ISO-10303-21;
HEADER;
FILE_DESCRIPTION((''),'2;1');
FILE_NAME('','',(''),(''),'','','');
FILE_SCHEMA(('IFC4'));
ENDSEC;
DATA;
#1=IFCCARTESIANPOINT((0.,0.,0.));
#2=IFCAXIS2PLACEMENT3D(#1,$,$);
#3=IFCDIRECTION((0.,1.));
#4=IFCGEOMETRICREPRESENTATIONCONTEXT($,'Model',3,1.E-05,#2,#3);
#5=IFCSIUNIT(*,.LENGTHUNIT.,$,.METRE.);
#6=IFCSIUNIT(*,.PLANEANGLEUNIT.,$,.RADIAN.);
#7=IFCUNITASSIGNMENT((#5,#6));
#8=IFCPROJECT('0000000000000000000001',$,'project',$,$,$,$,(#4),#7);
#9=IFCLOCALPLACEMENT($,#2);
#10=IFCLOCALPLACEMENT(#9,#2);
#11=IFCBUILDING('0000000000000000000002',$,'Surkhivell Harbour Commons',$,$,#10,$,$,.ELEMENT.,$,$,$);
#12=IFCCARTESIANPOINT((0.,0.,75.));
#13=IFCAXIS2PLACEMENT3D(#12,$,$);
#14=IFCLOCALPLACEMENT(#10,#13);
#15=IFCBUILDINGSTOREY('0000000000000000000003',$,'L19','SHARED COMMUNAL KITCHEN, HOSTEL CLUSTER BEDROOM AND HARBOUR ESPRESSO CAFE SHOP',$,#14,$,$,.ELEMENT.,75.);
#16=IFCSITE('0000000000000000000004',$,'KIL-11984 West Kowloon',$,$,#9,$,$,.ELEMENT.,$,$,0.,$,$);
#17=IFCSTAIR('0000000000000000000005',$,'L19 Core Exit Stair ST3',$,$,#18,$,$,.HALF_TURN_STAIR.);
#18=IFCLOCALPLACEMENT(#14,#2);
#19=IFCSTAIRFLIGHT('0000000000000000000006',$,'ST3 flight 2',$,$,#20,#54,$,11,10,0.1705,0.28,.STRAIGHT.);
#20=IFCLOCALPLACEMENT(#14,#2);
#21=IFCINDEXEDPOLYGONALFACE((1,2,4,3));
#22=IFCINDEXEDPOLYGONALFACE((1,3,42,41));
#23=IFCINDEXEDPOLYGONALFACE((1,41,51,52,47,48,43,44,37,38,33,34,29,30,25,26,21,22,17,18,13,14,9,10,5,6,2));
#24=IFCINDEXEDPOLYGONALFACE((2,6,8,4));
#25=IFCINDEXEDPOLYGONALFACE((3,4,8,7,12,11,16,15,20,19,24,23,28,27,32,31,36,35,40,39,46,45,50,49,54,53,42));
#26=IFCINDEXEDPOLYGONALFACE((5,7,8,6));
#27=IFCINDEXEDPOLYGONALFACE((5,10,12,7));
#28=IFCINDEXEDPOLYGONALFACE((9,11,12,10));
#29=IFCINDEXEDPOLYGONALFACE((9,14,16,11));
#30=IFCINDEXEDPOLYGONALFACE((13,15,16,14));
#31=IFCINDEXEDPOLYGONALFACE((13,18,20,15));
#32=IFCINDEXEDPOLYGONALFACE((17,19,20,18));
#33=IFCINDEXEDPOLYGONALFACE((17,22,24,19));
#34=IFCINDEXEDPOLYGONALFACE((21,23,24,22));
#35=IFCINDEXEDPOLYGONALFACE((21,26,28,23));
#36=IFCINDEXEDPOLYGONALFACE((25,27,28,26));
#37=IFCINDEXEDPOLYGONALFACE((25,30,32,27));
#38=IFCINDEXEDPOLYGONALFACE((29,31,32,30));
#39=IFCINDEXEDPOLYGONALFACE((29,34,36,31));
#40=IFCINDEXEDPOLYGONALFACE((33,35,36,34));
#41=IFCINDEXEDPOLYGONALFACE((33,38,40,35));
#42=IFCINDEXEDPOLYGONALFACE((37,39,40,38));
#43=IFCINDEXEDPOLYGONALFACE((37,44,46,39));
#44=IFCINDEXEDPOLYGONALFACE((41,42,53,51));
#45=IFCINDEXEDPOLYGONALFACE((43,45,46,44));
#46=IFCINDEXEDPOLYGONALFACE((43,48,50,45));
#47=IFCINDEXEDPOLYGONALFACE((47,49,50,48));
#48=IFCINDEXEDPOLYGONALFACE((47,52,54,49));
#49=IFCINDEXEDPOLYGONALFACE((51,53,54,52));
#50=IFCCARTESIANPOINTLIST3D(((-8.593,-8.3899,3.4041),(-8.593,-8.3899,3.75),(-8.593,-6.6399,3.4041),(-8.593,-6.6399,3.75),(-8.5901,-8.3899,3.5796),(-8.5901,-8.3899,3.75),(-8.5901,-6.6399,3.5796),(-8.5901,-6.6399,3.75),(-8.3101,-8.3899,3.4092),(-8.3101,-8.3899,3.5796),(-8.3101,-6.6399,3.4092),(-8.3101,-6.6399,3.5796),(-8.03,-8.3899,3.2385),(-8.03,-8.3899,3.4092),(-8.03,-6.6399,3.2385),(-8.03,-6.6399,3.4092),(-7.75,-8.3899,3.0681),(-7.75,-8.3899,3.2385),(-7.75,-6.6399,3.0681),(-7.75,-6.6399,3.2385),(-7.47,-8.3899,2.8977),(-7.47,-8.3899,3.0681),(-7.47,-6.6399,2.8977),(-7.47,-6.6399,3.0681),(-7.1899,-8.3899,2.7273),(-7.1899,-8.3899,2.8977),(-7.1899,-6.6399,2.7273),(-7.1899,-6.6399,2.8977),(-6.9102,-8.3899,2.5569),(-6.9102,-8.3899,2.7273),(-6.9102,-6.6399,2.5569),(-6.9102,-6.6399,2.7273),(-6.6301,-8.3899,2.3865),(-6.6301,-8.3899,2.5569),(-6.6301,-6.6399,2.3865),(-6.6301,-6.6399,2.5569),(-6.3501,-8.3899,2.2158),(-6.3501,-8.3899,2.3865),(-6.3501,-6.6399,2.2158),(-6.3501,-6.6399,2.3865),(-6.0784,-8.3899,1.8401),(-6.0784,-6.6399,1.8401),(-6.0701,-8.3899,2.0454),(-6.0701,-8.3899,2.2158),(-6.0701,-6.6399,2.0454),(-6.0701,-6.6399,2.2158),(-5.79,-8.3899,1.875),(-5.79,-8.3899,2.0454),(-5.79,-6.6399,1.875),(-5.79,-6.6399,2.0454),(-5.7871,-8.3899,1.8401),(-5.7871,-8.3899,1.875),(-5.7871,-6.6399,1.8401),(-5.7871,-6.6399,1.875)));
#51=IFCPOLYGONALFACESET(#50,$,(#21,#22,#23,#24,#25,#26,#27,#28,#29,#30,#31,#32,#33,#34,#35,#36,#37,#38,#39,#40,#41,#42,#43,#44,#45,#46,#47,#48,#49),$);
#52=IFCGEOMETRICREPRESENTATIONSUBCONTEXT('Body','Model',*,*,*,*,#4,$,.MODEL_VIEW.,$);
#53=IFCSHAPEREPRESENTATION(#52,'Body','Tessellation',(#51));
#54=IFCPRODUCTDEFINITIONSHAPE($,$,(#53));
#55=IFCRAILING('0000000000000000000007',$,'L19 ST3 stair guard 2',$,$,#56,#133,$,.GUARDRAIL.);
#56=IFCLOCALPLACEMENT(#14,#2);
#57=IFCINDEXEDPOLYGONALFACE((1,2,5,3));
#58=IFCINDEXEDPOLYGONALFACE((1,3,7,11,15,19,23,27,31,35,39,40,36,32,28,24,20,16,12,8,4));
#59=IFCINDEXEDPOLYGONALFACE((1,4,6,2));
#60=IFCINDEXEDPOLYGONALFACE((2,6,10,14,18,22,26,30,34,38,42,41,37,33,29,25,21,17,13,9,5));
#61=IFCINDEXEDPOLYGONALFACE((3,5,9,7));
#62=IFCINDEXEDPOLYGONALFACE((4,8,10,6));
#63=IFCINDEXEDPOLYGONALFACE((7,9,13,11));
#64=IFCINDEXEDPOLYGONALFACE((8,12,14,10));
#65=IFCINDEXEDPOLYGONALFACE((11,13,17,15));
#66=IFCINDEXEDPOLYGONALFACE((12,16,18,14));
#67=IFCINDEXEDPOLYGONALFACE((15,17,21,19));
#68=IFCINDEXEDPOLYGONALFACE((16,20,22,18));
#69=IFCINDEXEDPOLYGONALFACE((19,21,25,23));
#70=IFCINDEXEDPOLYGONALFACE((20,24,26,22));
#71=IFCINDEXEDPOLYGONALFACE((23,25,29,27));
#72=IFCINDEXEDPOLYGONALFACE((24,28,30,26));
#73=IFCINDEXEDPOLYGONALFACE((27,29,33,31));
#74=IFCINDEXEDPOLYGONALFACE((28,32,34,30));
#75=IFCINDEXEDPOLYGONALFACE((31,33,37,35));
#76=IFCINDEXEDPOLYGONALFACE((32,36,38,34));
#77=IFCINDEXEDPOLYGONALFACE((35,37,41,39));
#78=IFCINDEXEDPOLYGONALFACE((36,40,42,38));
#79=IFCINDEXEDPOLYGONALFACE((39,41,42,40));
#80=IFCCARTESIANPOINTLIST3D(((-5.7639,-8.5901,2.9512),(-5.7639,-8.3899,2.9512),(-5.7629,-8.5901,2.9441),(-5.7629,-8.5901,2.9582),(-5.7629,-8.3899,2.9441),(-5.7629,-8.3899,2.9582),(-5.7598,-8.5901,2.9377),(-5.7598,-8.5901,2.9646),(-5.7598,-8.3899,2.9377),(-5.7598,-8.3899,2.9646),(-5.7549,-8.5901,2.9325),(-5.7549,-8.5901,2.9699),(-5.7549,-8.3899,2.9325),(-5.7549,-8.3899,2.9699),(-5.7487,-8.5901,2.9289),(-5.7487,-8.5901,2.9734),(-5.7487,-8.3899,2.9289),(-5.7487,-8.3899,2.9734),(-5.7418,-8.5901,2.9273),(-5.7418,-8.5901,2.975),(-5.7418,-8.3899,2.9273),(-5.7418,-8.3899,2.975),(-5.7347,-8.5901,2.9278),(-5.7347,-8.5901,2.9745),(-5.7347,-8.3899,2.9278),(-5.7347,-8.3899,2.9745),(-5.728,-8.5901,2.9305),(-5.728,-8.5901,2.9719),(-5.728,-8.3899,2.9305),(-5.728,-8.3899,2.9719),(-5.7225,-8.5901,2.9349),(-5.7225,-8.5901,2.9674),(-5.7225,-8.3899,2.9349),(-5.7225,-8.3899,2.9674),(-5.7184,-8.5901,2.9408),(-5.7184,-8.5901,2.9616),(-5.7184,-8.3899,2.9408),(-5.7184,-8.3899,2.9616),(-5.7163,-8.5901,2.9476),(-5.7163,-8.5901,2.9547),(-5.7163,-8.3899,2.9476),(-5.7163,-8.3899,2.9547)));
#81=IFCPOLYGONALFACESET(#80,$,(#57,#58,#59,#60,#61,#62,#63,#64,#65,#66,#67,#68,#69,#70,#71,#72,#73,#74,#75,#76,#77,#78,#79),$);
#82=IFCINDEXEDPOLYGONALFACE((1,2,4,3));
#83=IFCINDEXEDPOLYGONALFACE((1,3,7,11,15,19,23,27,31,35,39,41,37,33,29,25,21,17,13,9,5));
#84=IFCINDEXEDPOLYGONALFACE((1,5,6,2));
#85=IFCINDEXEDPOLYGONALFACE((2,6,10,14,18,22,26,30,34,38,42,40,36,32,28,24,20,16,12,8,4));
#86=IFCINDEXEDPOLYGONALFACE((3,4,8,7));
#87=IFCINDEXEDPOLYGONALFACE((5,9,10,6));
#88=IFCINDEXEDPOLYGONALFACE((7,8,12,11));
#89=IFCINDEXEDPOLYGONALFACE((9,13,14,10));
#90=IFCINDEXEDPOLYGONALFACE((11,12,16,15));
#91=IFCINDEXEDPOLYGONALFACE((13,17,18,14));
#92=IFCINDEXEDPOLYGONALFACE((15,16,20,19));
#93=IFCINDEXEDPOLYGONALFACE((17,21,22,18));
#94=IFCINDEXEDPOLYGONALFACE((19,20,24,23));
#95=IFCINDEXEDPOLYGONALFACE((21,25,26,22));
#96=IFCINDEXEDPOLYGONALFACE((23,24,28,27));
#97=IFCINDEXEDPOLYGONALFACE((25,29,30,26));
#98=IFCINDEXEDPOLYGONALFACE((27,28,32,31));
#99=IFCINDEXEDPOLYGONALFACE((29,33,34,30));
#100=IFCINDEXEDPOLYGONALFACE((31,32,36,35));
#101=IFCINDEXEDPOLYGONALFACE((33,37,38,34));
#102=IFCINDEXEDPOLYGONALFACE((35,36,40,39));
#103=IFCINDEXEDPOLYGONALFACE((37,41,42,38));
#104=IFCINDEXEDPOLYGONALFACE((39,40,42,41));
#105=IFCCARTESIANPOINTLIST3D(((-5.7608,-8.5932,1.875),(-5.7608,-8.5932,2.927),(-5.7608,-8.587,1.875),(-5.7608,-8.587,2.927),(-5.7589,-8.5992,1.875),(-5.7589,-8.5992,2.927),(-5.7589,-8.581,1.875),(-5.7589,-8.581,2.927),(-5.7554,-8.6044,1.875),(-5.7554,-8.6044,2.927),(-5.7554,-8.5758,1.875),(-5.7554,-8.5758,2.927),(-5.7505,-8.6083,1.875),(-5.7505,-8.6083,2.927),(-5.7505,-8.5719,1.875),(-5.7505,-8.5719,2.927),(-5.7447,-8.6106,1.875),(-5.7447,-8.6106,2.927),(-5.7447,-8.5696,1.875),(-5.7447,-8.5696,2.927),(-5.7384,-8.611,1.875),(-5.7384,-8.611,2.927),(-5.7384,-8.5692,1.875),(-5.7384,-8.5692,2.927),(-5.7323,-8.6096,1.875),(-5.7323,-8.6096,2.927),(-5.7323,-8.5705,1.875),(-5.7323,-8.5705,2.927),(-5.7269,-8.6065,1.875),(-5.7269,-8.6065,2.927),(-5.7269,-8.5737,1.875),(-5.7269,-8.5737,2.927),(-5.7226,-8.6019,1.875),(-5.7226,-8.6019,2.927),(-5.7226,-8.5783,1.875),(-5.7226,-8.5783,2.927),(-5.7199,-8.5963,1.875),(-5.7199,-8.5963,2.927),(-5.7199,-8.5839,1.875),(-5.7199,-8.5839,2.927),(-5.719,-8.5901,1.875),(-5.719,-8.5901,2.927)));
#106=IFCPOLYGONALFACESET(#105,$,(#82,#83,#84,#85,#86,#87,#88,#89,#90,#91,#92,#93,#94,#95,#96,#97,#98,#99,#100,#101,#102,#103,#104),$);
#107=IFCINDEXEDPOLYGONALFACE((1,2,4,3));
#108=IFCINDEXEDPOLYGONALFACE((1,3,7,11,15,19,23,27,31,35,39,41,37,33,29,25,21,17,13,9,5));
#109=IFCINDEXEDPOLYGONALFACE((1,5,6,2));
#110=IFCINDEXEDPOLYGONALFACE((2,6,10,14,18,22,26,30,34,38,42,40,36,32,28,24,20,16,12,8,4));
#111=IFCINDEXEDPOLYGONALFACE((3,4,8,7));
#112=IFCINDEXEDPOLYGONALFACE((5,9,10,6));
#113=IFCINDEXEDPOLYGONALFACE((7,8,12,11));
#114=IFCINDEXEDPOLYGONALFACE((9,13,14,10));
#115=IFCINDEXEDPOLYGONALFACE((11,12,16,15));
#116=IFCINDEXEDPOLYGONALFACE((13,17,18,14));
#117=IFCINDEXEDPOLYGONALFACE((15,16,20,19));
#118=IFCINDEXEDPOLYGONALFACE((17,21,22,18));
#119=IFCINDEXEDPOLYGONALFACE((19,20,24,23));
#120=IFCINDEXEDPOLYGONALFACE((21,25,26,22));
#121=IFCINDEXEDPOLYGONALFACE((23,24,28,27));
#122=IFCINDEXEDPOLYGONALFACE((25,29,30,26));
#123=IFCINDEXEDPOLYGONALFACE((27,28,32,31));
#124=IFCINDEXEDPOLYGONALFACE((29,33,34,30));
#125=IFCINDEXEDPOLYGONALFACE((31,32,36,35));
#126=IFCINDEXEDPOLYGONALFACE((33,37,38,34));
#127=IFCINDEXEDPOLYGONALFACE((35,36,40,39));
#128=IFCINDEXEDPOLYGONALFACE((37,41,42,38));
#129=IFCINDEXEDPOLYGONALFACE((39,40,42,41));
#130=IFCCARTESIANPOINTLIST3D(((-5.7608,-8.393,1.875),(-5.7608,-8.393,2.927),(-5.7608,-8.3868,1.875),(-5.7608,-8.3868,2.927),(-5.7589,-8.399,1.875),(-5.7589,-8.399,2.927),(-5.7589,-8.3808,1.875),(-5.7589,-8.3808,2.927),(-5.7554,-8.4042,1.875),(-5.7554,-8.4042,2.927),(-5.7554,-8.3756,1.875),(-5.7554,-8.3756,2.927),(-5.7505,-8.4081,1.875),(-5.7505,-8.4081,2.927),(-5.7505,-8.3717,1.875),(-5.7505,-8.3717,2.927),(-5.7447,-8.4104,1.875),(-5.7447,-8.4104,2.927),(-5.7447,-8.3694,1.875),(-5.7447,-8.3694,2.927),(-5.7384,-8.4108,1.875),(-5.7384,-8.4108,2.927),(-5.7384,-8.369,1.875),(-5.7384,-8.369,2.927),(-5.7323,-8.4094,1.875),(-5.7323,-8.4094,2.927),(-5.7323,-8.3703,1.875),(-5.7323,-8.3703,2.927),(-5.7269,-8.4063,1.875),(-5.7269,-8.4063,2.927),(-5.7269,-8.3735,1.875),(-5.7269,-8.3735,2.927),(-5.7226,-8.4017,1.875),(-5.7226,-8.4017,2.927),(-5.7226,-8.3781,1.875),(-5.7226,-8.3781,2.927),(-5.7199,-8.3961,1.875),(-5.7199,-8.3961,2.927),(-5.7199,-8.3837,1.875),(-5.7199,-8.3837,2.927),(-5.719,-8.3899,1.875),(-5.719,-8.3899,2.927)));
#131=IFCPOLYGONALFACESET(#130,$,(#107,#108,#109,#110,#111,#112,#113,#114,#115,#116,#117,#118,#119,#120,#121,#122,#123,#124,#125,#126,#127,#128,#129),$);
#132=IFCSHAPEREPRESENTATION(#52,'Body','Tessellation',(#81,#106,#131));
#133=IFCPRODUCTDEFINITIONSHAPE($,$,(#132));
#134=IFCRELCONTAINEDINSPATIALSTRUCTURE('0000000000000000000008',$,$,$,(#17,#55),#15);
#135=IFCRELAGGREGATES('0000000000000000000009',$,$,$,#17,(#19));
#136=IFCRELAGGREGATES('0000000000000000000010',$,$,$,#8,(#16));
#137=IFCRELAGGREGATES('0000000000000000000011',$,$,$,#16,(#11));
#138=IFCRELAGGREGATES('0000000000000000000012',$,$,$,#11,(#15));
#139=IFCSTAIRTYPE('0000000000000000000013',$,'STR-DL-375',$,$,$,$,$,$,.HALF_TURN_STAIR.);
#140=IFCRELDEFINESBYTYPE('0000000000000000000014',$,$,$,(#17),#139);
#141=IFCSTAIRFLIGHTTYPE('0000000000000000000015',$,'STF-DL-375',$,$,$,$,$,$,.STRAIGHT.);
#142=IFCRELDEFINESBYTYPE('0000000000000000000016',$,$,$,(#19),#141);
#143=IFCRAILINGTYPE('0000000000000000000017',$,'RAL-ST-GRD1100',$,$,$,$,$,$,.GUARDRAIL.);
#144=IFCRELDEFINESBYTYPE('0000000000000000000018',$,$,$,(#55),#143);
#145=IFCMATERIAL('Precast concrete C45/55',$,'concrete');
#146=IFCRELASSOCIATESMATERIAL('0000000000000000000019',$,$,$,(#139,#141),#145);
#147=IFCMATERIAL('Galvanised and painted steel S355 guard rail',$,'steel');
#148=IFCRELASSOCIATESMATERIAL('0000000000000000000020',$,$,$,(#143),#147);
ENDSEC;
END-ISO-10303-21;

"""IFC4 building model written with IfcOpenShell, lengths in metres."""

from ifc_helpers import new_model, si_unit, direction, frame, origin, origin_2d, place, context, subcontext, project, spatial, polyline, circle, outline, extrude, material, type_object, element, aggregate, save


model = new_model("IFC4")

# Units and contexts
model_context = context("Model", 3, precision=1e-05, world=origin(), true_north=direction((0.0, 1.0)))
body_context = subcontext(model_context, "Body", "Model", "MODEL_VIEW")
ifc_project = project(units=[si_unit("LENGTHUNIT", "METRE"), si_unit("PLANEANGLEUNIT", "RADIAN")], contexts=[model_context])

# Site, building, storey
site_placement = place(None, origin())
site = spatial("IfcSite", under=ifc_project, at=site_placement, Name="KIL-11984 West Kowloon", CompositionType="ELEMENT", RefElevation=0.0)
building_placement = place(site_placement, origin())
building = spatial("IfcBuilding", under=site, at=building_placement, Name="Surkhivell Harbour Commons", CompositionType="ELEMENT")
storey_placement = place(building_placement, frame((0.0, 0.0, 75.0)))
storey = spatial("IfcBuildingStorey", under=building, at=storey_placement, Name="L19", Description="SHARED COMMUNAL KITCHEN, HOSTEL CLUSTER BEDROOM AND HARBOUR ESPRESSO CAFE SHOP", CompositionType="ELEMENT", Elevation=75.0)

# Stair, stair flight
ifc_material_1 = material(Name="Precast concrete C45/55", Category="concrete")
stair_type = type_object("IfcStairType", Name="STR-DL-375", PredefinedType="HALF_TURN_STAIR", material=ifc_material_1)
stair_placement = place(storey_placement, origin())
stair = element("IfcStair", 1, at=stair_placement, inside=storey, type_object=stair_type, Name="L19 Core Exit Stair ST3", PredefinedType="HALF_TURN_STAIR")
stair_flight_type = type_object("IfcStairFlightType", Name="STF-DL-375", PredefinedType="STRAIGHT", material=ifc_material_1)
stair_flight_placement = place(storey_placement, frame((-5.79, -7.5149, 1.875), z_axis=(0.0, 0.0, 1.0), x_axis=(-1.0, 0.0, 0.0)))
stair_flight = element("IfcStairFlight", 2, at=stair_flight_placement, type_object=stair_flight_type, Name="ST3 flight 2", NumberOfRisers=11, NumberOfTreads=10, PredefinedType="STRAIGHT", RiserHeight=0.1705, TreadLength=0.28, context=body_context, shape_type="SweptSolid", body=[
    extrude(outline(polyline([(-0.0029, -0.0349), (-0.0029, 0.0), (0.0, 0.0), (0.0, 0.1704), (0.28, 0.1704), (0.28, 0.3408), (0.5601, 0.3408), (0.5601, 0.5115), (0.8401, 0.5115), (0.8401, 0.6819), (1.1201, 0.6819), (1.1201, 0.8523), (1.3999, 0.8523), (1.3999, 1.0227), (1.6799, 1.0227), (1.6799, 1.1931), (1.96, 1.1931), (1.96, 1.3635), (2.24, 1.3635), (2.24, 1.5342), (2.52, 1.5342), (2.52, 1.7046), (2.8, 1.7046), (2.8, 1.875), (2.803, 1.875), (2.803, 1.5291), (0.2883, -0.0349), (-0.0029, -0.0349)])), frame((0.0, 0.875, 0.0), z_axis=(0.0, -1.0, 0.0), x_axis=(1.0, 0.0, 0.0)), (0.0, 0.0, 1.0), 1.75),
])
aggregate(stair, [stair_flight])

# Railing
ifc_material_2 = material(Name="Galvanised and painted steel S355 guard rail", Category="steel")
railing_type_1 = type_object("IfcRailingType", Name="RAL-ST-GRD1100", PredefinedType="GUARDRAIL", material=ifc_material_2)
railing_1_placement = place(storey_placement, frame((-5.74, -8.5901, 1.875)))
element("IfcRailing", 3, at=railing_1_placement, inside=storey, type_object=railing_type_1, Name="L19 ST3 stair guard 2", PredefinedType="GUARDRAIL", context=body_context, shape_type="SweptSolid", body=[
    extrude(circle(Radius=0.0239, at=origin_2d()), frame((0.0, 0.0, 1.0762), z_axis=(0.0, 1.0, 0.0), x_axis=(-1.0, 0.0, 0.0)), (0.0, 0.0, 1.0), 0.2002),
    extrude(circle(Radius=0.021, at=origin_2d()), origin(), (0.0, 0.0, 1.0), 1.052),
    extrude(circle(Radius=0.021, at=origin_2d()), frame((0.0, 0.2002, 0.0)), (0.0, 0.0, 1.0), 1.052),
])

save(model, "model.ifc")
